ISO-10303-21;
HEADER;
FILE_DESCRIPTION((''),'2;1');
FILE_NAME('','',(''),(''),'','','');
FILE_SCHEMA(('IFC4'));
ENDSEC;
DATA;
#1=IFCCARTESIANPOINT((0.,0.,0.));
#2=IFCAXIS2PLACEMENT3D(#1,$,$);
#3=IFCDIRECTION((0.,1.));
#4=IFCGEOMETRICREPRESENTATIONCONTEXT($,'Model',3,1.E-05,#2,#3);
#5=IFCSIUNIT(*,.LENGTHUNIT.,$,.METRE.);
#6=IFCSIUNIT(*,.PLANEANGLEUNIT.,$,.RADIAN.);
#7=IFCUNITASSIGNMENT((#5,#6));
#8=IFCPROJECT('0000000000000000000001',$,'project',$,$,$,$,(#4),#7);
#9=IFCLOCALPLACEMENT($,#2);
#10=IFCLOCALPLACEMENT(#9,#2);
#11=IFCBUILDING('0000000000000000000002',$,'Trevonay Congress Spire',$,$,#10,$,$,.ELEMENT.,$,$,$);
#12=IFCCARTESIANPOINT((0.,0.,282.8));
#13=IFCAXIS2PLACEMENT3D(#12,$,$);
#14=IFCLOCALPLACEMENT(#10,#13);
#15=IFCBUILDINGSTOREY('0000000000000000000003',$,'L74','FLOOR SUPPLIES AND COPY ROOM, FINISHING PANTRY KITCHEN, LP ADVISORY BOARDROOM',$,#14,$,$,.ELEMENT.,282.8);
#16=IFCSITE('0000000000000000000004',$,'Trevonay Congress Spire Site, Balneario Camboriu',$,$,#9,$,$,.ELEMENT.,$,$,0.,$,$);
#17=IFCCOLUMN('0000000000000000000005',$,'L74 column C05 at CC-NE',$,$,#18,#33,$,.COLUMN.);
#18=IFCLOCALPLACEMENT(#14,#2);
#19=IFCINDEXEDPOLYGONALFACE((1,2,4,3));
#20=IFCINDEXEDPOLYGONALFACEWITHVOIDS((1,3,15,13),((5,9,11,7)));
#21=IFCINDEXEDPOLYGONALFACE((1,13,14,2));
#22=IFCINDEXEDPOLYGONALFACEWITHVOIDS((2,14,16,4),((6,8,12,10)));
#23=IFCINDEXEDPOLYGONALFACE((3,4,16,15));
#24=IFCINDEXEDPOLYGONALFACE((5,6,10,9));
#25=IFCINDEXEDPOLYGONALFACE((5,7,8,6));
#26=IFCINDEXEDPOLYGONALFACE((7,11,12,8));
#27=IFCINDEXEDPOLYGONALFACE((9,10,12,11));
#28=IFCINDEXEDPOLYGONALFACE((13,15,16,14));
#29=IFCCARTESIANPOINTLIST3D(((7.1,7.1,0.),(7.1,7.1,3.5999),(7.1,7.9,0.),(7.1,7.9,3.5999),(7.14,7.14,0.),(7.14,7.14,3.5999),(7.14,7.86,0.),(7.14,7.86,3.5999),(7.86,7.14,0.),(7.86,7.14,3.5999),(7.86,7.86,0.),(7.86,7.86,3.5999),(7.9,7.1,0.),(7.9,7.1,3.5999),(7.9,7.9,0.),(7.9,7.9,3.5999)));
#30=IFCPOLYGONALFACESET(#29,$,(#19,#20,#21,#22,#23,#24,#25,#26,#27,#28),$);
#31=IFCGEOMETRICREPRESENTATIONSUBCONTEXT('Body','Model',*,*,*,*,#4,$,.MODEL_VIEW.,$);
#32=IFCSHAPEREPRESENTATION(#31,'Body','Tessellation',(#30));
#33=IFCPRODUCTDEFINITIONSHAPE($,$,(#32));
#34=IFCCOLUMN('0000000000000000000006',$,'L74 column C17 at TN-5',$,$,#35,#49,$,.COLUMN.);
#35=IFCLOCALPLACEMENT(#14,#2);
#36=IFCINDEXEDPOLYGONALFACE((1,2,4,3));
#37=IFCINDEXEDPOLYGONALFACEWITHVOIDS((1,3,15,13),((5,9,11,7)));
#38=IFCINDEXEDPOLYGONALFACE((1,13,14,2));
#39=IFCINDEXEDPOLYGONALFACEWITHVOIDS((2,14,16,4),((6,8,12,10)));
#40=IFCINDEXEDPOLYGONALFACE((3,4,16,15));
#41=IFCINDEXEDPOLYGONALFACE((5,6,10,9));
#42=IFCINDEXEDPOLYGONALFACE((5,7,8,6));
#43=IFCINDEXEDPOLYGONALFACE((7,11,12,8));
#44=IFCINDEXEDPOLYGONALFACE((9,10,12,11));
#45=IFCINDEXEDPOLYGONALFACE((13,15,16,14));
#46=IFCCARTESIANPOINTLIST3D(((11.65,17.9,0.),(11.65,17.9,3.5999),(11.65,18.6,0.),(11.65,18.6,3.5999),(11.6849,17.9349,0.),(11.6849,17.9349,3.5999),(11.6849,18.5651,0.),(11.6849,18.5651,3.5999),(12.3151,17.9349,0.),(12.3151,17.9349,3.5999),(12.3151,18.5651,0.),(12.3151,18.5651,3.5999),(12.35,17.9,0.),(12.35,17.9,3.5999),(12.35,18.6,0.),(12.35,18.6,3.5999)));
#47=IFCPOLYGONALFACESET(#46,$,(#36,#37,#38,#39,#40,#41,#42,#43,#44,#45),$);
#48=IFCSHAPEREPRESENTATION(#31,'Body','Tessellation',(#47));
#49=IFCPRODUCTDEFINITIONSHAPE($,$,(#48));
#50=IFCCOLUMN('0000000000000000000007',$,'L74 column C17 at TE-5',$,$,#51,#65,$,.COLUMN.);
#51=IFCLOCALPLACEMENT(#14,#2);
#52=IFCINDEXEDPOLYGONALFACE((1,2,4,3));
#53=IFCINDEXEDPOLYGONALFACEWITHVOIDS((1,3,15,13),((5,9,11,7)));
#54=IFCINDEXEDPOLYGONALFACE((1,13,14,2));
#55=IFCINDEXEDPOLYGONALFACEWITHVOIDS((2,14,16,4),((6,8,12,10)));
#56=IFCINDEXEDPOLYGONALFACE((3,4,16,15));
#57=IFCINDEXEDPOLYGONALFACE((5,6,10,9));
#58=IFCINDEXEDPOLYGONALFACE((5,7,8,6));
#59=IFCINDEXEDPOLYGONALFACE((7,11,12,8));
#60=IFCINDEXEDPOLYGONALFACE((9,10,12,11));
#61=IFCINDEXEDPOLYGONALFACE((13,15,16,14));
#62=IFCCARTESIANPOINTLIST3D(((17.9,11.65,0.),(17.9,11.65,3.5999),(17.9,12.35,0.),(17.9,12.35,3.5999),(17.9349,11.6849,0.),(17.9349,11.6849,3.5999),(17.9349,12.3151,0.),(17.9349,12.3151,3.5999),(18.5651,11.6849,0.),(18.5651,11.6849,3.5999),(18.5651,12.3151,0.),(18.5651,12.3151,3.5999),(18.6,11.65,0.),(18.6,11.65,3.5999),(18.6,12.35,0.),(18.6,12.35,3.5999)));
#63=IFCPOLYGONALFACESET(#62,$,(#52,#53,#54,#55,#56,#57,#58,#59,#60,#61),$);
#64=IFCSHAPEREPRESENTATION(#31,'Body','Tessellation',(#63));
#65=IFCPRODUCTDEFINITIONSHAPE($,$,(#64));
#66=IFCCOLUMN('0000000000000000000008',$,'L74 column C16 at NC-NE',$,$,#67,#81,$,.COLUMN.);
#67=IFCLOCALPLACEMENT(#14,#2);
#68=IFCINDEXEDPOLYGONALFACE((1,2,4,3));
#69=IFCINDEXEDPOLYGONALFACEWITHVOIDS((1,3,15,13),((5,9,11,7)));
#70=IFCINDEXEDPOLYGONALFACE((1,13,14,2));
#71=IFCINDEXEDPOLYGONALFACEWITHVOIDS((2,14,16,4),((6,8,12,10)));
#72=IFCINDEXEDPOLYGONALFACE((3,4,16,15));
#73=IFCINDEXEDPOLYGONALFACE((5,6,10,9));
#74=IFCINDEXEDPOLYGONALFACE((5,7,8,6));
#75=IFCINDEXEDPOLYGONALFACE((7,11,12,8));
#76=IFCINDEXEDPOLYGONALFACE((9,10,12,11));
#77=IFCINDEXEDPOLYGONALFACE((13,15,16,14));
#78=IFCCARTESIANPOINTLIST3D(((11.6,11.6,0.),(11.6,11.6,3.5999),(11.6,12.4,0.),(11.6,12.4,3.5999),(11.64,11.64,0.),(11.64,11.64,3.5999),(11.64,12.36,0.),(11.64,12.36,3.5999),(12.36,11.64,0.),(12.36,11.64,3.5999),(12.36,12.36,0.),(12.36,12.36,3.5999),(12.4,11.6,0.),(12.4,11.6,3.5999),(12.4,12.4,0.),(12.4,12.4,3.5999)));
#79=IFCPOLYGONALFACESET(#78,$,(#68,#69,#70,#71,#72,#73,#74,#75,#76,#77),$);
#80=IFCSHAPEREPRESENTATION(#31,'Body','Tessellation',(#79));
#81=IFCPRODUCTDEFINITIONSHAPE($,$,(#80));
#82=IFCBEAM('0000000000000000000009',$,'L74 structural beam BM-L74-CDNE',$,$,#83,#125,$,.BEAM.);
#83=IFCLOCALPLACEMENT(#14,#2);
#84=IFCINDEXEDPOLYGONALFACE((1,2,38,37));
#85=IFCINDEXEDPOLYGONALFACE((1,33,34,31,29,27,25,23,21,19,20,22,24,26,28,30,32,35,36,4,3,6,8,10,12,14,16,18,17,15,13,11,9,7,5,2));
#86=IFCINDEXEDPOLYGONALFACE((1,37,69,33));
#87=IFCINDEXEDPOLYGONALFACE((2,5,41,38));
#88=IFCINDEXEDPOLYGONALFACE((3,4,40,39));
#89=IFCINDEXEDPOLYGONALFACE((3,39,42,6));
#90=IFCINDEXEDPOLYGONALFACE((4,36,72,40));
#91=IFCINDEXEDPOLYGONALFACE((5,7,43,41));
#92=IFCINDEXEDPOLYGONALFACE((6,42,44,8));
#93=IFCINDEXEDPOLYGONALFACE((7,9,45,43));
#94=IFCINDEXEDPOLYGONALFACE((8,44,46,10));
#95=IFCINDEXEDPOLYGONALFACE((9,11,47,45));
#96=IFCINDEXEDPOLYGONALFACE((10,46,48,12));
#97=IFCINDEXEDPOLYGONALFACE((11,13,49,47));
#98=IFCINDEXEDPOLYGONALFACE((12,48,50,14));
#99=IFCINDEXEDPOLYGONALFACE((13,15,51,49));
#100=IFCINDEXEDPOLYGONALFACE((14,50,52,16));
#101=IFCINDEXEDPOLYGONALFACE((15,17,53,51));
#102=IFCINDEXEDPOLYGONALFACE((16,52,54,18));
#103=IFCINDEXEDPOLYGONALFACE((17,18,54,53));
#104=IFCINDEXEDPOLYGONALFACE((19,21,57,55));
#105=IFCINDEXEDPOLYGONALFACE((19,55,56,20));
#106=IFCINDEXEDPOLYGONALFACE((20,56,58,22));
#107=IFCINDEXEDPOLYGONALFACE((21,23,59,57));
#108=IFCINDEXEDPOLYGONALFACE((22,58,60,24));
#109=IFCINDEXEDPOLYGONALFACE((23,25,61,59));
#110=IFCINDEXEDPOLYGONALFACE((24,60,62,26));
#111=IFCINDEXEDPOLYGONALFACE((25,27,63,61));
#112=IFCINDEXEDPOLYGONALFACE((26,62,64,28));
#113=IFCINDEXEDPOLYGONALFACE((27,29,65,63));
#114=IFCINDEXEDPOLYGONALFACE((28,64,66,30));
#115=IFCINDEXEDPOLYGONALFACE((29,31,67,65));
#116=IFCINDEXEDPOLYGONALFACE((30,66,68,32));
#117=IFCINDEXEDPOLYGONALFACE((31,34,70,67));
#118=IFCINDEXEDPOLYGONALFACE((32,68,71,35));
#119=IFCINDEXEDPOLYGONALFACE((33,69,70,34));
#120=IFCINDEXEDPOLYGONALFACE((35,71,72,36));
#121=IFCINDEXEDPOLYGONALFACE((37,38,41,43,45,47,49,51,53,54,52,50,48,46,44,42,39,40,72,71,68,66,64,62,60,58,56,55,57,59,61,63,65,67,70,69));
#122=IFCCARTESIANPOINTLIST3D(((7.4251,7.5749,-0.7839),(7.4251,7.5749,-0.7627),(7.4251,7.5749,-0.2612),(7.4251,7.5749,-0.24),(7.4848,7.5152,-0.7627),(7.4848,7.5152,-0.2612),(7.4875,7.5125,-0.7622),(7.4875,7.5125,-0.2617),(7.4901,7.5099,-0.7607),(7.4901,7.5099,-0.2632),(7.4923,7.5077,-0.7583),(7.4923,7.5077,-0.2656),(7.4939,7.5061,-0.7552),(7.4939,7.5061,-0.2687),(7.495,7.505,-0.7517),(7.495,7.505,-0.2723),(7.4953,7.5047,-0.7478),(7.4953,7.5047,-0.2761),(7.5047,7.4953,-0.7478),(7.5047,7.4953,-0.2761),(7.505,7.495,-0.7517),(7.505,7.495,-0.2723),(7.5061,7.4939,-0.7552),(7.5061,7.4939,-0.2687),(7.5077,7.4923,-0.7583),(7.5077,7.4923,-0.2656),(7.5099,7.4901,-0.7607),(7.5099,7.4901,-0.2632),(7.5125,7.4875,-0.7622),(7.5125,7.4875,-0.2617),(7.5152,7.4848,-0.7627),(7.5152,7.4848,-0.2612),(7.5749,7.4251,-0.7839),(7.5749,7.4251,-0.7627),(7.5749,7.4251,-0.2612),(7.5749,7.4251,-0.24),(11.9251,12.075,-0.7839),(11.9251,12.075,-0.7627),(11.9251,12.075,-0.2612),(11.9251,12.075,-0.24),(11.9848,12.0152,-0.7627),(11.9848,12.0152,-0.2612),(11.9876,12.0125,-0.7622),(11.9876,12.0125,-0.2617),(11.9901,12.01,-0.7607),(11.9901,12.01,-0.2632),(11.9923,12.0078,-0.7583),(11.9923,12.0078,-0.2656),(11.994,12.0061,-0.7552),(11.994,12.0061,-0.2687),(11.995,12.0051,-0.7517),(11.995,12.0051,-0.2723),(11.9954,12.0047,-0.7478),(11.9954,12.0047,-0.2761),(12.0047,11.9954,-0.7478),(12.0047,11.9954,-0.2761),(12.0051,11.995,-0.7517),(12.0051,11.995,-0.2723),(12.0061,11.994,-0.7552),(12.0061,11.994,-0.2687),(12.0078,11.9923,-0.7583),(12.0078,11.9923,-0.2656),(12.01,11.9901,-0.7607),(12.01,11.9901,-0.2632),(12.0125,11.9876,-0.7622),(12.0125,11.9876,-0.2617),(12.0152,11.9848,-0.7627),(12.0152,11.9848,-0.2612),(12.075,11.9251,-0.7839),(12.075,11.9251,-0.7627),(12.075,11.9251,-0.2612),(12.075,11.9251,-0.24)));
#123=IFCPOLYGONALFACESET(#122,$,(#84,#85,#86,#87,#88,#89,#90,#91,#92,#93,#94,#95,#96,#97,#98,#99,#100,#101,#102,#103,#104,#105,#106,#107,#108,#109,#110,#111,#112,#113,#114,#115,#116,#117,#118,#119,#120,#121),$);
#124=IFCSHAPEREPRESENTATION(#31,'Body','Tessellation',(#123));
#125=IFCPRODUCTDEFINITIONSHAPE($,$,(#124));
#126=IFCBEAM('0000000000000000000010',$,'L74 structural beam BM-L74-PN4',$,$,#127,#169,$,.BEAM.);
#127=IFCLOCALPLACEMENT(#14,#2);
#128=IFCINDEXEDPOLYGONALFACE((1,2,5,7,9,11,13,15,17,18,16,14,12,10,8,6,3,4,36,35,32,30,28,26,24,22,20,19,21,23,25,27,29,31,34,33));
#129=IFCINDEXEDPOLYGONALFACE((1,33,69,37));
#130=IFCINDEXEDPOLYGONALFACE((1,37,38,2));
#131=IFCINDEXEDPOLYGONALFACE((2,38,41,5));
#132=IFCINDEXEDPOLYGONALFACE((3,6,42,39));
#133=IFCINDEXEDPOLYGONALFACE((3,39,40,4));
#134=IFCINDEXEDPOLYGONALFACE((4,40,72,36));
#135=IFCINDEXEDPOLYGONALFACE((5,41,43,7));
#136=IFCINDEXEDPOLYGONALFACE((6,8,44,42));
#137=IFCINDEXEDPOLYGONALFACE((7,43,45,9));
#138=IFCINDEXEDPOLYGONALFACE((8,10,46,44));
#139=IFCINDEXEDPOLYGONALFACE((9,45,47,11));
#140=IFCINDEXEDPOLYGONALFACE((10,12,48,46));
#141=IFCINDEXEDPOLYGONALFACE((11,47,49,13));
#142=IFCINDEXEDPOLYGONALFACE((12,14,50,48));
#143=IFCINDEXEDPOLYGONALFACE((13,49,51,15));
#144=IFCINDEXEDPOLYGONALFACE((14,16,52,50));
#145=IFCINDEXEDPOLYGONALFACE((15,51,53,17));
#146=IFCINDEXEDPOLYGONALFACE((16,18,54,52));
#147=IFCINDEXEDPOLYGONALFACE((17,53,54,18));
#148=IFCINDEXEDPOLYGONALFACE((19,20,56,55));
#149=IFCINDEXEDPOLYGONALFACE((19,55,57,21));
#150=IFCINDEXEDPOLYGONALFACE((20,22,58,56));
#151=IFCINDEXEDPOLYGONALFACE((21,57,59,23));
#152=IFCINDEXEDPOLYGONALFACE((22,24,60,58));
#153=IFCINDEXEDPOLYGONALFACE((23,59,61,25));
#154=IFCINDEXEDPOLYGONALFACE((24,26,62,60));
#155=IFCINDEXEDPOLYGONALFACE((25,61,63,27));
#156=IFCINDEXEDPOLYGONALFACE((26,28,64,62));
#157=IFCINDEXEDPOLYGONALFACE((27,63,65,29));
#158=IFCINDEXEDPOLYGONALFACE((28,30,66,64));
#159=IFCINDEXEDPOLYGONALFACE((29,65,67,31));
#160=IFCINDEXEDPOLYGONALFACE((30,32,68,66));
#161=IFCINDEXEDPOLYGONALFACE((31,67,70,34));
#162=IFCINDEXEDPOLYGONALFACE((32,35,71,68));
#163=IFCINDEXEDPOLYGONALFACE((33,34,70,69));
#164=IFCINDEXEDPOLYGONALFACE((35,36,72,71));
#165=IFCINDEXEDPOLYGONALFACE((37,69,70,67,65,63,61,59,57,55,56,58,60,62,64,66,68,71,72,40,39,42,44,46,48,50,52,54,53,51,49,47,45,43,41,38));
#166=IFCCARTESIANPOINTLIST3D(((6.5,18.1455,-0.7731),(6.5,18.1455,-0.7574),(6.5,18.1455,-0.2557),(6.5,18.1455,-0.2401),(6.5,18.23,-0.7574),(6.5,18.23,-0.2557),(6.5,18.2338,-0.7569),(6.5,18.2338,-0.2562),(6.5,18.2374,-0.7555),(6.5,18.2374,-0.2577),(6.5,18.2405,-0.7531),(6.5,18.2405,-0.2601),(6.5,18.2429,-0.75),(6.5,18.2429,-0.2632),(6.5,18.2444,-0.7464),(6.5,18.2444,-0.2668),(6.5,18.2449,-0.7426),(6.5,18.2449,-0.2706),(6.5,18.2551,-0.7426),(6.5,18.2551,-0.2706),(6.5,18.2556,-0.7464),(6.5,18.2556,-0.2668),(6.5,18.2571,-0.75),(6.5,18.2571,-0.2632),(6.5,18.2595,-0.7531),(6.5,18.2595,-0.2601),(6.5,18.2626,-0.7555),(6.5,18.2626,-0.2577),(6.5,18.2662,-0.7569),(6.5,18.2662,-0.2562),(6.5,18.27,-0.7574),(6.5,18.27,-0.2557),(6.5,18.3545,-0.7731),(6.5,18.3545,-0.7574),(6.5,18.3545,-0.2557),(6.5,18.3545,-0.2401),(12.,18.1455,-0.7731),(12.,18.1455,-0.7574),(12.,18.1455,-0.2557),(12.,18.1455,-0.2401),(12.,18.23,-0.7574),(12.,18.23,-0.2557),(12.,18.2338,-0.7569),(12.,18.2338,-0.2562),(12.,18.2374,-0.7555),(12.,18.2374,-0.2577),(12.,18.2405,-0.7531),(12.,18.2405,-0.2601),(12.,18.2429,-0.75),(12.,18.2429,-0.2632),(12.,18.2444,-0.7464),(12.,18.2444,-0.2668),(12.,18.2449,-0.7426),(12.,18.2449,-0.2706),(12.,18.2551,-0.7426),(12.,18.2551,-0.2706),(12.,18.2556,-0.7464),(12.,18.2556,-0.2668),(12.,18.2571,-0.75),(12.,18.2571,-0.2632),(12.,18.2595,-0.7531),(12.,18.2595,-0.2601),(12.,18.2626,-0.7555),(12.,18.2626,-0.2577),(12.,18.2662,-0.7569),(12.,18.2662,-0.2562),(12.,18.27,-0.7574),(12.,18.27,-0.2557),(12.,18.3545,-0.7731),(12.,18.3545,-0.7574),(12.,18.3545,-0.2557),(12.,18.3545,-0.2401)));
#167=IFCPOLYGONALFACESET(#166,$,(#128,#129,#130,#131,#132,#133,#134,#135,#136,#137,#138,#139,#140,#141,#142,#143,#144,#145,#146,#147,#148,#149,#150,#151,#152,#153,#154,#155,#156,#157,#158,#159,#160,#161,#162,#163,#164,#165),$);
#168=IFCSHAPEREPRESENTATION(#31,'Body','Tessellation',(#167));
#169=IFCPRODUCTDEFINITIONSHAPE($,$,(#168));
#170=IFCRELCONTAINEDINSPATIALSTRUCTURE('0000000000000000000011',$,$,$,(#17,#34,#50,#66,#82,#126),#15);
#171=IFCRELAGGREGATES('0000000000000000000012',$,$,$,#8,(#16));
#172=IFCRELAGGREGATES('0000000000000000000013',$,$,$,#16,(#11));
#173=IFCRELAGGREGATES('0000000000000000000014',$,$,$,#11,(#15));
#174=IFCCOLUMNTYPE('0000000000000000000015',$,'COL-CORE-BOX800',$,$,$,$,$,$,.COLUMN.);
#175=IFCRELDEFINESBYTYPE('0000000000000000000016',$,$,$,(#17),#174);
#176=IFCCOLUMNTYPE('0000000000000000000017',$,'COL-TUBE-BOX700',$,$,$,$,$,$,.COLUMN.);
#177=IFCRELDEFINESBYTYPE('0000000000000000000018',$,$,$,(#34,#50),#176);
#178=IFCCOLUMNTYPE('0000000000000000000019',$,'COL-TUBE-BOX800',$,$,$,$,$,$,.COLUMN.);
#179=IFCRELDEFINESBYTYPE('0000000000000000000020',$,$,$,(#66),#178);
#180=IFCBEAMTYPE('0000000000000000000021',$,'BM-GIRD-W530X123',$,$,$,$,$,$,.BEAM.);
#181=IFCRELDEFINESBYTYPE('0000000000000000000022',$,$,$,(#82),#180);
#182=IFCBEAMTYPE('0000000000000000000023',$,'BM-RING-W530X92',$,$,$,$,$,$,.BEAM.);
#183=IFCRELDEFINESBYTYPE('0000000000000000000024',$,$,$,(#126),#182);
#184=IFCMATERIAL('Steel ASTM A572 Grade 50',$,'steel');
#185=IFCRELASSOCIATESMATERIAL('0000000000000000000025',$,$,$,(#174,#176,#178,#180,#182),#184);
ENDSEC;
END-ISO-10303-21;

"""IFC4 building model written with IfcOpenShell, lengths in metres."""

from ifc_helpers import new_model, si_unit, direction, frame, origin, origin_2d, place, context, subcontext, project, spatial, hollow_rectangle, i_section, extrude, material, material_profile, profile_set, type_object, element, save


model = new_model("IFC4")

# Units and contexts
model_context = context("Model", 3, precision=1e-05, world=origin(), true_north=direction((0.0, 1.0)))
body_context = subcontext(model_context, "Body", "Model", "MODEL_VIEW")
ifc_project = project(units=[si_unit("LENGTHUNIT", "METRE"), si_unit("PLANEANGLEUNIT", "RADIAN")], contexts=[model_context])

# Site, building, storey
site_placement = place(None, origin())
site = spatial("IfcSite", under=ifc_project, at=site_placement, Name="Trevonay Congress Spire Site, Balneario Camboriu", CompositionType="ELEMENT", RefElevation=0.0)
building_placement = place(site_placement, origin())
building = spatial("IfcBuilding", under=site, at=building_placement, Name="Trevonay Congress Spire", CompositionType="ELEMENT")
storey_placement = place(building_placement, frame((0.0, 0.0, 282.8)))
storey = spatial("IfcBuildingStorey", under=building, at=storey_placement, Name="L74", Description="FLOOR SUPPLIES AND COPY ROOM, FINISHING PANTRY KITCHEN, LP ADVISORY BOARDROOM", CompositionType="ELEMENT", Elevation=282.8)

# Columns
ifc_material_1 = material(Name="Steel ASTM A572 Grade 50", Category="steel")
ifc_material_profile_1 = material_profile(ifc_material_1, hollow_rectangle(XDim=0.8, YDim=0.8, WallThickness=0.04, at=origin_2d()), Name="BOX 800x800x40")
ifc_profile_set_1 = profile_set([ifc_material_profile_1], Name="Steel ASTM A572 Grade 50")
column_type_1 = type_object("IfcColumnType", Name="COL-CORE-BOX800", PredefinedType="COLUMN", material=ifc_profile_set_1)
column_1_placement = place(storey_placement, frame((7.5, 7.5, 0.0), z_axis=(0.0, 0.0, 1.0), x_axis=(1.0, 0.0, 0.0)))
element("IfcColumn", 1, at=column_1_placement, inside=storey, type_object=column_type_1, Name="L74 column C05 at CC-NE", PredefinedType="COLUMN", context=body_context, shape_type="SweptSolid", body=[
    extrude(hollow_rectangle(XDim=0.8, YDim=0.8, WallThickness=0.04, at=origin_2d()), origin(), (0.0, 0.0, 1.0), 3.5999),
])
ifc_material_profile_2 = material_profile(ifc_material_1, hollow_rectangle(XDim=0.7, YDim=0.7, WallThickness=0.0349, at=origin_2d()), Name="BOX 700x700x35")
ifc_profile_set_2 = profile_set([ifc_material_profile_2], Name="Steel ASTM A572 Grade 50")
column_type_2 = type_object("IfcColumnType", Name="COL-TUBE-BOX700", PredefinedType="COLUMN", material=ifc_profile_set_2)
for number, where, z_axis, x_axis, name in (
    (2, (12.0, 18.25, 0.0), (0.0, 0.0, 1.0), (1.0, 0.0, 0.0), "L74 column C17 at TN-5"),
    (3, (18.25, 12.0, 0.0), (0.0, 0.0, 1.0), (1.0, 0.0, 0.0), "L74 column C17 at TE-5"),
):
    element("IfcColumn", number, at=place(storey_placement, frame(where, z_axis=z_axis, x_axis=x_axis)), inside=storey, type_object=column_type_2, Name=name, PredefinedType="COLUMN", context=body_context, shape_type="SweptSolid", body=[
        extrude(hollow_rectangle(XDim=0.7, YDim=0.7, WallThickness=0.0349, at=origin_2d()), origin(), (0.0, 0.0, 1.0), 3.5999),
    ])
ifc_material_profile_3 = material_profile(ifc_material_1, hollow_rectangle(XDim=0.8, YDim=0.8, WallThickness=0.04, at=origin_2d()), Name="BOX 800x800x40")
ifc_profile_set_3 = profile_set([ifc_material_profile_3], Name="Steel ASTM A572 Grade 50")
column_type_3 = type_object("IfcColumnType", Name="COL-TUBE-BOX800", PredefinedType="COLUMN", material=ifc_profile_set_3)
column_2_placement = place(storey_placement, frame((12.0, 12.0, 0.0), z_axis=(0.0, 0.0, 1.0), x_axis=(1.0, 0.0, 0.0)))
element("IfcColumn", 4, at=column_2_placement, inside=storey, type_object=column_type_3, Name="L74 column C16 at NC-NE", PredefinedType="COLUMN", context=body_context, shape_type="SweptSolid", body=[
    extrude(hollow_rectangle(XDim=0.8, YDim=0.8, WallThickness=0.04, at=origin_2d()), origin(), (0.0, 0.0, 1.0), 3.5999),
])

# Beams
ifc_material_profile_4 = material_profile(ifc_material_1, i_section(OverallWidth=0.2119, OverallDepth=0.5439, WebThickness=0.0132, FlangeThickness=0.0212, FilletRadius=0.0149, at=origin_2d()), Name="W530x123")
ifc_profile_set_4 = profile_set([ifc_material_profile_4], Name="Steel ASTM A572 Grade 50")
beam_type_1 = type_object("IfcBeamType", Name="BM-GIRD-W530X123", PredefinedType="BEAM", material=ifc_profile_set_4)
beam_1_placement = place(storey_placement, frame((7.5, 7.5, -0.512), z_axis=(0.707107, 0.707107, 0.0), x_axis=(-0.707107, 0.707107, 0.0)))
element("IfcBeam", 5, at=beam_1_placement, inside=storey, type_object=beam_type_1, Name="L74 structural beam BM-L74-CDNE", PredefinedType="BEAM", context=body_context, shape_type="SweptSolid", body=[
    extrude(i_section(OverallWidth=0.2119, OverallDepth=0.5439, WebThickness=0.0132, FlangeThickness=0.0212, FilletRadius=0.0149, at=origin_2d()), origin(), (0.0, 0.0, 1.0), 6.364),
])
ifc_material_profile_5 = material_profile(ifc_material_1, i_section(OverallWidth=0.209, OverallDepth=0.533, WebThickness=0.0103, FlangeThickness=0.0156, FilletRadius=0.0149, at=origin_2d()), Name="W530x92")
ifc_profile_set_5 = profile_set([ifc_material_profile_5], Name="Steel ASTM A572 Grade 50")
beam_type_2 = type_object("IfcBeamType", Name="BM-RING-W530X92", PredefinedType="BEAM", material=ifc_profile_set_5)
beam_2_placement = place(storey_placement, frame((6.5, 18.25, -0.5066), z_axis=(1.0, 0.0, 0.0), x_axis=(0.0, 1.0, 0.0)))
element("IfcBeam", 6, at=beam_2_placement, inside=storey, type_object=beam_type_2, Name="L74 structural beam BM-L74-PN4", PredefinedType="BEAM", context=body_context, shape_type="SweptSolid", body=[
    extrude(i_section(OverallWidth=0.209, OverallDepth=0.533, WebThickness=0.0103, FlangeThickness=0.0156, FilletRadius=0.0149, at=origin_2d()), origin(), (0.0, 0.0, 1.0), 5.5),
])

save(model, "model.ifc")
